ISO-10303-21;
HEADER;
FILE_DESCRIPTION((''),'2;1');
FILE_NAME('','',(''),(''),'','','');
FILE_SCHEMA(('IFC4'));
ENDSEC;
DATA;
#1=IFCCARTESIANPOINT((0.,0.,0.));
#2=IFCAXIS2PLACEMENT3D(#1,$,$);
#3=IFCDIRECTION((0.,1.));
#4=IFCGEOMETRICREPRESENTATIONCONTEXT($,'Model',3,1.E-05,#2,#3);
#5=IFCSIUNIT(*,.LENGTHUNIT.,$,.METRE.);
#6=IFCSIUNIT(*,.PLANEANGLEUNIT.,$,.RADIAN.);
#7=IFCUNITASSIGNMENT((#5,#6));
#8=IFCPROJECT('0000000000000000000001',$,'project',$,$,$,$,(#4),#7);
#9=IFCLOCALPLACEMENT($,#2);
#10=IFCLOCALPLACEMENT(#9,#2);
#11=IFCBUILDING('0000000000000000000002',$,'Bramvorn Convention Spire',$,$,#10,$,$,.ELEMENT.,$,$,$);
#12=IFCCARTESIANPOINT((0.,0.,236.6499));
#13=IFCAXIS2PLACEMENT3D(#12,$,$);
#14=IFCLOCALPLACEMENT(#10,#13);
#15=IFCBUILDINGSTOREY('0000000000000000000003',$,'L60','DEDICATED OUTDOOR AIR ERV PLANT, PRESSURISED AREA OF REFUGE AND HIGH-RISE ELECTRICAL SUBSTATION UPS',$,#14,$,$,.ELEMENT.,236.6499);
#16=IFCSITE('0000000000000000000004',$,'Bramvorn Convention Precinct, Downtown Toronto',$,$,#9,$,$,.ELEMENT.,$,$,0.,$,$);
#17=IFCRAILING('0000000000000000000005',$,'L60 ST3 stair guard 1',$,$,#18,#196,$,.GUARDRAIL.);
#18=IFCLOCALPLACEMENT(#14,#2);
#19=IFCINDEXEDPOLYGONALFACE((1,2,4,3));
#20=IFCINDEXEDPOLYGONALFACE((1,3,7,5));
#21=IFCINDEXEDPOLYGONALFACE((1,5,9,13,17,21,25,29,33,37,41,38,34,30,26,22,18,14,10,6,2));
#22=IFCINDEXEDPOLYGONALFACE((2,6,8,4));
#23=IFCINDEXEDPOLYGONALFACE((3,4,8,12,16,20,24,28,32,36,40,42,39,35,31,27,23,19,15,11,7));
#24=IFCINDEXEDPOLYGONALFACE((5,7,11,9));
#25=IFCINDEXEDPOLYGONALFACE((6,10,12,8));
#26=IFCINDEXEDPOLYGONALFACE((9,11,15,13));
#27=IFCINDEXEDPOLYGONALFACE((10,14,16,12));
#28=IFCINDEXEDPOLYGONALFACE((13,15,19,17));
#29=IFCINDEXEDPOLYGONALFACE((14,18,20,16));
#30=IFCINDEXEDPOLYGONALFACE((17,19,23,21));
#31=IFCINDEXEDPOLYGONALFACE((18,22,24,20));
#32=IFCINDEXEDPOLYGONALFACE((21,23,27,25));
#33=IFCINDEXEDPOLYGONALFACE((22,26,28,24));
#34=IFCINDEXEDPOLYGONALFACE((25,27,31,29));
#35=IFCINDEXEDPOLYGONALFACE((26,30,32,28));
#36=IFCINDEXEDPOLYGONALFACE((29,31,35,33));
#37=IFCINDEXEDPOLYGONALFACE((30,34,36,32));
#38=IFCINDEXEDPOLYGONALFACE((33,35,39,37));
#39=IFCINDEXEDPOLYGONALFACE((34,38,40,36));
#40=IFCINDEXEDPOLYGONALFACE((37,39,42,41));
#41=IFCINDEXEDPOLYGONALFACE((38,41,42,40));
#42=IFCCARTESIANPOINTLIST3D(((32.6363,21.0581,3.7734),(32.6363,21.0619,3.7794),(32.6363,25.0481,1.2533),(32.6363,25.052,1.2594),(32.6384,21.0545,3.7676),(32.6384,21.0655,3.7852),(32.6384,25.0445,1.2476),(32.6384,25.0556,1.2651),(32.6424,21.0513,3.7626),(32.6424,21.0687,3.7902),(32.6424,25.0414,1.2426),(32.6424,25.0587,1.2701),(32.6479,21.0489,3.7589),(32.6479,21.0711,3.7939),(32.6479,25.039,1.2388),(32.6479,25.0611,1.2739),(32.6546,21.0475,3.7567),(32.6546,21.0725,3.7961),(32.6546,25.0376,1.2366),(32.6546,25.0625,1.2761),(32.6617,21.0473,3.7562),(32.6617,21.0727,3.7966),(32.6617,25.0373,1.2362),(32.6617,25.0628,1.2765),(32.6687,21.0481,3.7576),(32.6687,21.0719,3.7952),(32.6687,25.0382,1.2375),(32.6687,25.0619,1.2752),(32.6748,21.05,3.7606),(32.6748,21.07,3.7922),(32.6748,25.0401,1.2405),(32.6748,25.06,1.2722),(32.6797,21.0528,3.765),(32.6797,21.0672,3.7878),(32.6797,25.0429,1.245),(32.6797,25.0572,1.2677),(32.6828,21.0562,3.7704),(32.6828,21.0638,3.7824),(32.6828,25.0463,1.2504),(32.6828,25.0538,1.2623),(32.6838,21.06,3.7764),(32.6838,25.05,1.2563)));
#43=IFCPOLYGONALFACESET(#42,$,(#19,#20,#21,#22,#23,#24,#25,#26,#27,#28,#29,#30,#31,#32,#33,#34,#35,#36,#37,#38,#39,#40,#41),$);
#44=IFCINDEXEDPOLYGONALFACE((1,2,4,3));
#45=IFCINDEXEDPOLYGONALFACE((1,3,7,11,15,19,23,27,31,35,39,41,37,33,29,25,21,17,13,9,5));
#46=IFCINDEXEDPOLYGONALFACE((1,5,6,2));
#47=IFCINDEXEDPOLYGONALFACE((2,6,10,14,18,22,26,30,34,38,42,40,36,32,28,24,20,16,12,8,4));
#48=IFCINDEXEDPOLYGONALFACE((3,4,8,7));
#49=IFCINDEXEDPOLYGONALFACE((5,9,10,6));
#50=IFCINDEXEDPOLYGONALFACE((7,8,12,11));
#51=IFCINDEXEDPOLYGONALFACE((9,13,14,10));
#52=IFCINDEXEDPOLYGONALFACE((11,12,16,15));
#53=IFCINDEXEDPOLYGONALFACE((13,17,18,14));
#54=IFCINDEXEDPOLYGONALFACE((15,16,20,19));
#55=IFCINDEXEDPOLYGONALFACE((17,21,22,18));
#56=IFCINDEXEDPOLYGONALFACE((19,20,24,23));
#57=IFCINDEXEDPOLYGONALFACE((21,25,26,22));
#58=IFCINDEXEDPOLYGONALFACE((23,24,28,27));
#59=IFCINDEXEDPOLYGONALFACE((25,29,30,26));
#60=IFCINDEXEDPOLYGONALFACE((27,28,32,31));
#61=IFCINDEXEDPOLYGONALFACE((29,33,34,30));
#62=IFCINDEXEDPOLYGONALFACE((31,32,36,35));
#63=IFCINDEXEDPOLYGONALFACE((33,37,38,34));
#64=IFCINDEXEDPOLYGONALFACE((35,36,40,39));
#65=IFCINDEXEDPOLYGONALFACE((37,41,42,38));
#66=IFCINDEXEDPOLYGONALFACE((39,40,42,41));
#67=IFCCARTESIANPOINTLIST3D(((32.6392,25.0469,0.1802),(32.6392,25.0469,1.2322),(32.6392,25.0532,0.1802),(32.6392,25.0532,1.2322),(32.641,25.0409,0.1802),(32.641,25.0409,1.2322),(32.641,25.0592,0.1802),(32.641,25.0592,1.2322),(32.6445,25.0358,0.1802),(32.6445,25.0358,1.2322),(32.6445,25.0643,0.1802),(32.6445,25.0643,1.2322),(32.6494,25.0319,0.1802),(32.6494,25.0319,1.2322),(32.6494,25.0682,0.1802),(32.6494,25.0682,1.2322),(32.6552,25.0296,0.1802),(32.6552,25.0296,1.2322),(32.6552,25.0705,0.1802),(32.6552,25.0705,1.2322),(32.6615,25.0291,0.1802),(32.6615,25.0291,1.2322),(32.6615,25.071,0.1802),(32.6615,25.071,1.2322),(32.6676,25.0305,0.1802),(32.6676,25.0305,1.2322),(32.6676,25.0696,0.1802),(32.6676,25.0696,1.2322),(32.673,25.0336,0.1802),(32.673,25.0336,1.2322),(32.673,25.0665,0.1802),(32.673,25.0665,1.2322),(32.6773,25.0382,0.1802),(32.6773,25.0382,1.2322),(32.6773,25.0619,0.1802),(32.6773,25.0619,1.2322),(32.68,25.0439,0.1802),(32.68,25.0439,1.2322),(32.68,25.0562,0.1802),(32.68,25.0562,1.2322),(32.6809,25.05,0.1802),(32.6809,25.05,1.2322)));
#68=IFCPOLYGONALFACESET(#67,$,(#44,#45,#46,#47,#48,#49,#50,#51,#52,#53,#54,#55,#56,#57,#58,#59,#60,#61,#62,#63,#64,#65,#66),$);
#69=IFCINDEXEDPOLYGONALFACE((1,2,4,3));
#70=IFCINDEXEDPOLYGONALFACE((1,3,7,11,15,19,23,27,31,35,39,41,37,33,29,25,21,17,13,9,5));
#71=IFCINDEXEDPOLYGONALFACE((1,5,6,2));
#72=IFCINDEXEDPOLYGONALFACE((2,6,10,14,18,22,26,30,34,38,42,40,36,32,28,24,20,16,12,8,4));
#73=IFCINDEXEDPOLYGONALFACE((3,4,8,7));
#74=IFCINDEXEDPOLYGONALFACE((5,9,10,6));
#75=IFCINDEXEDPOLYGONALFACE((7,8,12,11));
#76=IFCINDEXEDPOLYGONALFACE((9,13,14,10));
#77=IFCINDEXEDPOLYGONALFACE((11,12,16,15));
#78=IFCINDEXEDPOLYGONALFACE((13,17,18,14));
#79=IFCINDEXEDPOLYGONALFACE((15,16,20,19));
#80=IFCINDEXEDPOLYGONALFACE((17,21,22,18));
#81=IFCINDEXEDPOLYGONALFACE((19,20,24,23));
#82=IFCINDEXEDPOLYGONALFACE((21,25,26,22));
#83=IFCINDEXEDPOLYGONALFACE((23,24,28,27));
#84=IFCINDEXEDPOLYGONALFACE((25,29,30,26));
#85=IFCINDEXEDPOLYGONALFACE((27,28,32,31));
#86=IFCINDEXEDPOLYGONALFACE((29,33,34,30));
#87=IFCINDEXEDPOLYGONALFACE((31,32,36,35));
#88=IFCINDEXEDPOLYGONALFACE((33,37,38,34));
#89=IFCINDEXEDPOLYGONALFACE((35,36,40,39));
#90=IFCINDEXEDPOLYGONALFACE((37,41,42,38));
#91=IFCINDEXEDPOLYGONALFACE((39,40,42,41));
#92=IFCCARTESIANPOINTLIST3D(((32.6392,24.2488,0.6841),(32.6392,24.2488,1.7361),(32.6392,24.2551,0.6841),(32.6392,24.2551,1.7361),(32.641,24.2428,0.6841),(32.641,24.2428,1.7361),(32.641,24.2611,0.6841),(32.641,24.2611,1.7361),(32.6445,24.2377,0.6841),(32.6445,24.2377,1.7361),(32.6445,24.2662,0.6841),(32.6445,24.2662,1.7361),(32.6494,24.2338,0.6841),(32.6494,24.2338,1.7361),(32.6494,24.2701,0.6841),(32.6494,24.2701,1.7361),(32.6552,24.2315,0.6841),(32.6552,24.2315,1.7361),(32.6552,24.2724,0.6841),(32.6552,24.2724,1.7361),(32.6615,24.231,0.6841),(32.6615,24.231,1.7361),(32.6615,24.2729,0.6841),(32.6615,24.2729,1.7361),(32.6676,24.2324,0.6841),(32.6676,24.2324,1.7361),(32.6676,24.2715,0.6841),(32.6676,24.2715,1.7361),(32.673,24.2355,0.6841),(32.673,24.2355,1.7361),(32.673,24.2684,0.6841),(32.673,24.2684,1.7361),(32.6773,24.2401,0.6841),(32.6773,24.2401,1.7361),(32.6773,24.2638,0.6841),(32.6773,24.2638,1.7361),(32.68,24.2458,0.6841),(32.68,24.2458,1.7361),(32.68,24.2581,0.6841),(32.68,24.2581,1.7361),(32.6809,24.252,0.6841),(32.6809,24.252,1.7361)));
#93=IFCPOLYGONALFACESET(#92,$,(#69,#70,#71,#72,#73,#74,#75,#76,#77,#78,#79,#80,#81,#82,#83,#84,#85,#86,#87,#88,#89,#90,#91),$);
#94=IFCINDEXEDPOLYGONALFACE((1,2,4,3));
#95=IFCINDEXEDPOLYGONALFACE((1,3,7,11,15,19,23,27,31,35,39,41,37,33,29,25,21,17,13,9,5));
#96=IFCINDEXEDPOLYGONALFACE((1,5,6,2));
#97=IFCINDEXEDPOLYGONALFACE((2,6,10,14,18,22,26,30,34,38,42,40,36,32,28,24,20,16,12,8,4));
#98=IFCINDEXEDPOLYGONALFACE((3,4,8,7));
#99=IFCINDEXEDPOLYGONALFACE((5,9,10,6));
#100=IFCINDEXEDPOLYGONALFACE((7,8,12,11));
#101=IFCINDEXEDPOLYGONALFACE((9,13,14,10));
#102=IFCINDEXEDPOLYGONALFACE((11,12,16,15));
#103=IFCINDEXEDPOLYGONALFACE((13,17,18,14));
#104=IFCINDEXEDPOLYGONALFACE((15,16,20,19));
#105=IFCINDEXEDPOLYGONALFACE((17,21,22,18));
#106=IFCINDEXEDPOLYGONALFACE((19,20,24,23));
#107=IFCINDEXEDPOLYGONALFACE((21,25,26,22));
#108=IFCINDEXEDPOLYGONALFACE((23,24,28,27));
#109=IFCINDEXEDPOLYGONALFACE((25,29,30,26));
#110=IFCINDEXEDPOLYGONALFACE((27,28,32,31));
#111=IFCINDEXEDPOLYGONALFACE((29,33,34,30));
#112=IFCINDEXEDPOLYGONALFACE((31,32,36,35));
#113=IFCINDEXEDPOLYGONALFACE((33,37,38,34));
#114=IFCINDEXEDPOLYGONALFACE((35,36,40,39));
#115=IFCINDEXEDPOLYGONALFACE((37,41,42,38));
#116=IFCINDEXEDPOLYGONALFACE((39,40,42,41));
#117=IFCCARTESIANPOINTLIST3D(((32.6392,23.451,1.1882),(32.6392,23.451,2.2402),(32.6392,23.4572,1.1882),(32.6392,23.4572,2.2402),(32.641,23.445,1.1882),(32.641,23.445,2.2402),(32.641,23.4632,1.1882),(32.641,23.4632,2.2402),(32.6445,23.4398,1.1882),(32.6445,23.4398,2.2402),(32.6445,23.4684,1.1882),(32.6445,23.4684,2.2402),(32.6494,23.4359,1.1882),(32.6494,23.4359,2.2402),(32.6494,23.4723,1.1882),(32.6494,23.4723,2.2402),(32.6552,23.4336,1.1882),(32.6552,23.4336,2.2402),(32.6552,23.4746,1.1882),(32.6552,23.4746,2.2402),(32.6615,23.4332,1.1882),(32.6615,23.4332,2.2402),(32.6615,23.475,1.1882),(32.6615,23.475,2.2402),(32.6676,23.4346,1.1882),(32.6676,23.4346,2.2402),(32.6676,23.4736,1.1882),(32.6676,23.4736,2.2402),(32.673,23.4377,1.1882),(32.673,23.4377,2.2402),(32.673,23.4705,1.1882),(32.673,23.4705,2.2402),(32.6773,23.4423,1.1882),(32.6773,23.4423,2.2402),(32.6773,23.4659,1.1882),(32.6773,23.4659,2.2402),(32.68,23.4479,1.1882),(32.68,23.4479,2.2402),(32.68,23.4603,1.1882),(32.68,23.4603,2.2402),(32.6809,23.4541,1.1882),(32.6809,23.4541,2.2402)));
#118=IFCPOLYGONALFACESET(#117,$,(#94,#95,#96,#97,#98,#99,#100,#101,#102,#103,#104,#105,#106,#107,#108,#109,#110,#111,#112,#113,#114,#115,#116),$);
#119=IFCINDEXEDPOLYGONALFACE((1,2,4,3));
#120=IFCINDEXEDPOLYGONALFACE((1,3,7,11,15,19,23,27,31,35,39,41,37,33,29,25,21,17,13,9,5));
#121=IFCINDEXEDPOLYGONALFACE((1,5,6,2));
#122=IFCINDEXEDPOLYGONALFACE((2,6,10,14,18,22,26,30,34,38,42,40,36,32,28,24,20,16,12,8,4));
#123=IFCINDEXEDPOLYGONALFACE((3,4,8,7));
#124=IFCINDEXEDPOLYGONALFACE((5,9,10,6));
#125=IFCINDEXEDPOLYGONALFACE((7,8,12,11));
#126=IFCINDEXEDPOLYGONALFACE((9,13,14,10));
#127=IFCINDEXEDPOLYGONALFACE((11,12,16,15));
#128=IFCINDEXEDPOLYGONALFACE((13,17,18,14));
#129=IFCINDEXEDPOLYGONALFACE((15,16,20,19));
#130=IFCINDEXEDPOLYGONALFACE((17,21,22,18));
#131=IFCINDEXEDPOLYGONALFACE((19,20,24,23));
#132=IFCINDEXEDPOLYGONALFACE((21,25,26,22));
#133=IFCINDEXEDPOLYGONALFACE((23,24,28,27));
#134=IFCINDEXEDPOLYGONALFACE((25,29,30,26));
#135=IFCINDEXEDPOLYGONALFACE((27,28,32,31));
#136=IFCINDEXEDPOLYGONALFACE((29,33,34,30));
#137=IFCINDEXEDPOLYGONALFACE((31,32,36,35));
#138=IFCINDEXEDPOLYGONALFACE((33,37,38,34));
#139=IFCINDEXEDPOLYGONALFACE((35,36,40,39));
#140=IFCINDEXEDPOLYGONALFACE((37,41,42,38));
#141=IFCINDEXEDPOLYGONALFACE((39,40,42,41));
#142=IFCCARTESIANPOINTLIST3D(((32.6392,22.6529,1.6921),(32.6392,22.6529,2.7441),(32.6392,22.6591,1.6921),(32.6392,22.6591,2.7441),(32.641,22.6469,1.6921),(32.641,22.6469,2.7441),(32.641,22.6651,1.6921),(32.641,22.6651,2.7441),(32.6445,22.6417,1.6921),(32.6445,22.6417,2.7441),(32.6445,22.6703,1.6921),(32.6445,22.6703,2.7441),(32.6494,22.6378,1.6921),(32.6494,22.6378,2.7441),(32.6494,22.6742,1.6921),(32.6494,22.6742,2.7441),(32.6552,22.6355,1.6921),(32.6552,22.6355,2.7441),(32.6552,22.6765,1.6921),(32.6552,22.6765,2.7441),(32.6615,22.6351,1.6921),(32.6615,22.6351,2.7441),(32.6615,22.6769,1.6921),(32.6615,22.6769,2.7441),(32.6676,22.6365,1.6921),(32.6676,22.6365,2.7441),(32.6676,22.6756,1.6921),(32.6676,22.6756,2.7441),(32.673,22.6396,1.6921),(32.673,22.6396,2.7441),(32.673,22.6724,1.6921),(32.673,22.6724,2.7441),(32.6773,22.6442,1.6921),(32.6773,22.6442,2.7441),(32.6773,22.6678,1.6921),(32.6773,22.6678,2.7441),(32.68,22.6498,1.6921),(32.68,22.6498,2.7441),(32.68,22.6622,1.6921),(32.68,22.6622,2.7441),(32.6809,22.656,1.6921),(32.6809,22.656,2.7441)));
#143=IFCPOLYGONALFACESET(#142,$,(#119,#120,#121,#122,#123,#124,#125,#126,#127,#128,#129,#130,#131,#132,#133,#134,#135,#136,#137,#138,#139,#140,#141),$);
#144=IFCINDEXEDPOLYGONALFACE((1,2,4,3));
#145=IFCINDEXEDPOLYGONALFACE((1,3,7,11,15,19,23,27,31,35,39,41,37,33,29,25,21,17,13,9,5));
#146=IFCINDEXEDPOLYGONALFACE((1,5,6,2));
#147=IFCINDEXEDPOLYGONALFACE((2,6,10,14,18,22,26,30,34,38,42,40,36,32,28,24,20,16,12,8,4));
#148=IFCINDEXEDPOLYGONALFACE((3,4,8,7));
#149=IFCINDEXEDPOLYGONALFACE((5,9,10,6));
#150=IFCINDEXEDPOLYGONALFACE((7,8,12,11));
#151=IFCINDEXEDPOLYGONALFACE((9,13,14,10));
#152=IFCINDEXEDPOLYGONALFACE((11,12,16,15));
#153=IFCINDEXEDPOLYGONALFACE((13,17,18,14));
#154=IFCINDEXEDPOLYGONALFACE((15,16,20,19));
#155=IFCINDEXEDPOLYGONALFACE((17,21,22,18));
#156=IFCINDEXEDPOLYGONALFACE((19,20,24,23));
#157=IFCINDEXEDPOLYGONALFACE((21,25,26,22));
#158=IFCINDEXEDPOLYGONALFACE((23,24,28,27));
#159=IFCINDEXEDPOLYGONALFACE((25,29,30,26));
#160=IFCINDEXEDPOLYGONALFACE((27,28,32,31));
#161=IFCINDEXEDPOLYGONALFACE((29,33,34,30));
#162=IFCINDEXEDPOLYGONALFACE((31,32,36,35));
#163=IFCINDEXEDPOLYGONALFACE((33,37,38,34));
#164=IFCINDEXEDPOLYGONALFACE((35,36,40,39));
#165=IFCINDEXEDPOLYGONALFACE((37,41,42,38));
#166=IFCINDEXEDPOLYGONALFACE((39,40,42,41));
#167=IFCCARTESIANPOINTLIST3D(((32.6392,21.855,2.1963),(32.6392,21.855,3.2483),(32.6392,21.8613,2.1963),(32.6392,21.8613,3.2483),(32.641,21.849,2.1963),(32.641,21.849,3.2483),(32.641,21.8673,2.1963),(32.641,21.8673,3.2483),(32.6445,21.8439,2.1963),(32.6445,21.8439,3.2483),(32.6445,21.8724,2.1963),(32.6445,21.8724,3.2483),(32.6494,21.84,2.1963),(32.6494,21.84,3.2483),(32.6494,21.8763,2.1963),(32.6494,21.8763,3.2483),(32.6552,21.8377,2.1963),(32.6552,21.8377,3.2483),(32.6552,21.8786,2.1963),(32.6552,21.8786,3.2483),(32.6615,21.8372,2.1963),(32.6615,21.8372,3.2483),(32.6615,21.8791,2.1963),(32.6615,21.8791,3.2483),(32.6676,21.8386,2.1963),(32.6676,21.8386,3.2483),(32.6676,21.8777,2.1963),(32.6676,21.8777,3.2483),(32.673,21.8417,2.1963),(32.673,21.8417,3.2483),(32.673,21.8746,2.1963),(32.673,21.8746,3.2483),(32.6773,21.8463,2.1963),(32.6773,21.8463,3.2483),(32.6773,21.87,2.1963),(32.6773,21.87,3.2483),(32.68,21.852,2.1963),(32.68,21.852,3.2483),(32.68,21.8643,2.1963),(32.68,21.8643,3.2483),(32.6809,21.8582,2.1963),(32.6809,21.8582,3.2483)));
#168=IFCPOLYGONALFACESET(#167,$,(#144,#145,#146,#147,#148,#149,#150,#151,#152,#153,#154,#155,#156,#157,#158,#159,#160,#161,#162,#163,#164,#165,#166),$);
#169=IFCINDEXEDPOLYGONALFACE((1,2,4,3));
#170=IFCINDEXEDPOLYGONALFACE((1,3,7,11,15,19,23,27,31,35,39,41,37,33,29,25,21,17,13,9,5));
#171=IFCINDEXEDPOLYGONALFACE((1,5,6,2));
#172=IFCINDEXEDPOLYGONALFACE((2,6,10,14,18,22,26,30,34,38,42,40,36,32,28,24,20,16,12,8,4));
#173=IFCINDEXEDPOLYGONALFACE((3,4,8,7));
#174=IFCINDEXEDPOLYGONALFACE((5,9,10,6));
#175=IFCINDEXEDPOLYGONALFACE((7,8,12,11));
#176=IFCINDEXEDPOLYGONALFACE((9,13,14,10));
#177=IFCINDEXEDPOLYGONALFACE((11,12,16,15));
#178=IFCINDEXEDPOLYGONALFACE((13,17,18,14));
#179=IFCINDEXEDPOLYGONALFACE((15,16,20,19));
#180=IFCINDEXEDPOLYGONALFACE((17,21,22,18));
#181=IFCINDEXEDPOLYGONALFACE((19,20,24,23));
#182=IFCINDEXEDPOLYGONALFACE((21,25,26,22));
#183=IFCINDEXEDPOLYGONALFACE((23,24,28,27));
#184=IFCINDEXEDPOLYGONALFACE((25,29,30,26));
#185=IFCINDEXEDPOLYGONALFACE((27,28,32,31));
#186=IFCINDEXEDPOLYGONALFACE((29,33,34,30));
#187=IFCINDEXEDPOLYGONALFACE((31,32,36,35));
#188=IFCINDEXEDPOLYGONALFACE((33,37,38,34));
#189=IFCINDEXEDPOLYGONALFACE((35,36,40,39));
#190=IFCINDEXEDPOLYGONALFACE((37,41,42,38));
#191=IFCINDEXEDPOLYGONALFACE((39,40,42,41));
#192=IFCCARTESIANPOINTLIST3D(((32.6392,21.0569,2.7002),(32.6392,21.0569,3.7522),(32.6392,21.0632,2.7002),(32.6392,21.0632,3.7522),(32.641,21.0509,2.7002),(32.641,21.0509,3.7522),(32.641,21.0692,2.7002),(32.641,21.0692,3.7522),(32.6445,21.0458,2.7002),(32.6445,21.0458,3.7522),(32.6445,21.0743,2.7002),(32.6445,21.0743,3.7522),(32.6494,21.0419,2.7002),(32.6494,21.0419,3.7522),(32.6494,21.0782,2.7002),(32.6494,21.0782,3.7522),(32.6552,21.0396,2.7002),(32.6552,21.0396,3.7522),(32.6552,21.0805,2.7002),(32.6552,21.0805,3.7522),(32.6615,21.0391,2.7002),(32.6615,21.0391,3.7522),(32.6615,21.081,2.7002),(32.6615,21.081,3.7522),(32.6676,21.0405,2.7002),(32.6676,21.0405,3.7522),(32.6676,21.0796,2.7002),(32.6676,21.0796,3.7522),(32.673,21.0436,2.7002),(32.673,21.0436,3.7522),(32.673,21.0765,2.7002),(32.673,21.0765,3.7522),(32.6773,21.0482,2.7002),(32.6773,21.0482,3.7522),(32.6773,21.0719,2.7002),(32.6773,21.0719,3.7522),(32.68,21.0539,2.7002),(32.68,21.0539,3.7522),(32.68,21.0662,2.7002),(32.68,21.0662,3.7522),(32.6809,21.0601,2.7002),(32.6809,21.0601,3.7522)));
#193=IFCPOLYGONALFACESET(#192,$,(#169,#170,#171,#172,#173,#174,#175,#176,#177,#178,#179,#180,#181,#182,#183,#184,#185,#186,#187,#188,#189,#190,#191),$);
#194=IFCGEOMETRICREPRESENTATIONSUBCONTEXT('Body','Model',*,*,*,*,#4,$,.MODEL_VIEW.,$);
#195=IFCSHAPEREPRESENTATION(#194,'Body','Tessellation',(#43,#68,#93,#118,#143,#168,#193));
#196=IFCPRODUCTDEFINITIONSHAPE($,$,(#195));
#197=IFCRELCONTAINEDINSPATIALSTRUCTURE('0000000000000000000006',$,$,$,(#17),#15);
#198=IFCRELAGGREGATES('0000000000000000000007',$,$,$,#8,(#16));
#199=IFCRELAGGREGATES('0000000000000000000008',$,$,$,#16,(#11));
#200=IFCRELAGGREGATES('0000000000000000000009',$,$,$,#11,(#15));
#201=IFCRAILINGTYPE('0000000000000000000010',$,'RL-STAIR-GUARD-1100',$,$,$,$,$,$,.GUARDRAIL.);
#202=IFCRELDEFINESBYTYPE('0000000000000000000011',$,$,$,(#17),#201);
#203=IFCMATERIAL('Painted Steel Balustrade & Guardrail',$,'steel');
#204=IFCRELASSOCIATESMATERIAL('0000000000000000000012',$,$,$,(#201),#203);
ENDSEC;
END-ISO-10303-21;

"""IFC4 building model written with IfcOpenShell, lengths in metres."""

from ifc_helpers import new_model, si_unit, direction, frame, origin, origin_2d, place, context, subcontext, project, spatial, circle, extrude, material, type_object, element, save


model = new_model("IFC4")

# Units and contexts
model_context = context("Model", 3, precision=1e-05, world=origin(), true_north=direction((0.0, 1.0)))
body_context = subcontext(model_context, "Body", "Model", "MODEL_VIEW")
ifc_project = project(units=[si_unit("LENGTHUNIT", "METRE"), si_unit("PLANEANGLEUNIT", "RADIAN")], contexts=[model_context])

# Site, building, storey
site_placement = place(None, origin())
site = spatial("IfcSite", under=ifc_project, at=site_placement, Name="Bramvorn Convention Precinct, Downtown Toronto", CompositionType="ELEMENT", RefElevation=0.0)
building_placement = place(site_placement, origin())
building = spatial("IfcBuilding", under=site, at=building_placement, Name="Bramvorn Convention Spire", CompositionType="ELEMENT")
storey_placement = place(building_placement, frame((0.0, 0.0, 236.6499)))
storey = spatial("IfcBuildingStorey", under=building, at=storey_placement, Name="L60", Description="DEDICATED OUTDOOR AIR ERV PLANT, PRESSURISED AREA OF REFUGE AND HIGH-RISE ELECTRICAL SUBSTATION UPS", CompositionType="ELEMENT", Elevation=236.6499)

# Railing
ifc_material_1 = material(Name="Painted Steel Balustrade & Guardrail", Category="steel")
railing_type_1 = type_object("IfcRailingType", Name="RL-STAIR-GUARD-1100", PredefinedType="GUARDRAIL", material=ifc_material_1)
railing_1_placement = place(storey_placement, frame((32.6599, 25.05, 0.1802)))
element("IfcRailing", 1, at=railing_1_placement, inside=storey, type_object=railing_type_1, Name="L60 ST3 stair guard 1", PredefinedType="GUARDRAIL", context=body_context, shape_type="SweptSolid", body=[
    extrude(circle(Radius=0.0239, at=origin_2d()), frame((0.0, 0.0, 1.0762), z_axis=(0.0, -0.845486, 0.533997), x_axis=(1.0, 0.0, 0.0)), (0.0, 0.0, 1.0), 4.7192),
    extrude(circle(Radius=0.021, at=origin_2d()), origin(), (0.0, 0.0, 1.0), 1.052),
    extrude(circle(Radius=0.021, at=origin_2d()), frame((0.0, -0.7981, 0.5039)), (0.0, 0.0, 1.0), 1.052),
    extrude(circle(Radius=0.021, at=origin_2d()), frame((0.0, -1.5959, 1.0081)), (0.0, 0.0, 1.0), 1.052),
    extrude(circle(Radius=0.021, at=origin_2d()), frame((0.0, -2.394, 1.512)), (0.0, 0.0, 1.0), 1.052),
    extrude(circle(Radius=0.021, at=origin_2d()), frame((0.0, -3.1919, 2.0161)), (0.0, 0.0, 1.0), 1.052),
    extrude(circle(Radius=0.021, at=origin_2d()), frame((0.0, -3.99, 2.52)), (0.0, 0.0, 1.0), 1.052),
])

save(model, "model.ifc")
